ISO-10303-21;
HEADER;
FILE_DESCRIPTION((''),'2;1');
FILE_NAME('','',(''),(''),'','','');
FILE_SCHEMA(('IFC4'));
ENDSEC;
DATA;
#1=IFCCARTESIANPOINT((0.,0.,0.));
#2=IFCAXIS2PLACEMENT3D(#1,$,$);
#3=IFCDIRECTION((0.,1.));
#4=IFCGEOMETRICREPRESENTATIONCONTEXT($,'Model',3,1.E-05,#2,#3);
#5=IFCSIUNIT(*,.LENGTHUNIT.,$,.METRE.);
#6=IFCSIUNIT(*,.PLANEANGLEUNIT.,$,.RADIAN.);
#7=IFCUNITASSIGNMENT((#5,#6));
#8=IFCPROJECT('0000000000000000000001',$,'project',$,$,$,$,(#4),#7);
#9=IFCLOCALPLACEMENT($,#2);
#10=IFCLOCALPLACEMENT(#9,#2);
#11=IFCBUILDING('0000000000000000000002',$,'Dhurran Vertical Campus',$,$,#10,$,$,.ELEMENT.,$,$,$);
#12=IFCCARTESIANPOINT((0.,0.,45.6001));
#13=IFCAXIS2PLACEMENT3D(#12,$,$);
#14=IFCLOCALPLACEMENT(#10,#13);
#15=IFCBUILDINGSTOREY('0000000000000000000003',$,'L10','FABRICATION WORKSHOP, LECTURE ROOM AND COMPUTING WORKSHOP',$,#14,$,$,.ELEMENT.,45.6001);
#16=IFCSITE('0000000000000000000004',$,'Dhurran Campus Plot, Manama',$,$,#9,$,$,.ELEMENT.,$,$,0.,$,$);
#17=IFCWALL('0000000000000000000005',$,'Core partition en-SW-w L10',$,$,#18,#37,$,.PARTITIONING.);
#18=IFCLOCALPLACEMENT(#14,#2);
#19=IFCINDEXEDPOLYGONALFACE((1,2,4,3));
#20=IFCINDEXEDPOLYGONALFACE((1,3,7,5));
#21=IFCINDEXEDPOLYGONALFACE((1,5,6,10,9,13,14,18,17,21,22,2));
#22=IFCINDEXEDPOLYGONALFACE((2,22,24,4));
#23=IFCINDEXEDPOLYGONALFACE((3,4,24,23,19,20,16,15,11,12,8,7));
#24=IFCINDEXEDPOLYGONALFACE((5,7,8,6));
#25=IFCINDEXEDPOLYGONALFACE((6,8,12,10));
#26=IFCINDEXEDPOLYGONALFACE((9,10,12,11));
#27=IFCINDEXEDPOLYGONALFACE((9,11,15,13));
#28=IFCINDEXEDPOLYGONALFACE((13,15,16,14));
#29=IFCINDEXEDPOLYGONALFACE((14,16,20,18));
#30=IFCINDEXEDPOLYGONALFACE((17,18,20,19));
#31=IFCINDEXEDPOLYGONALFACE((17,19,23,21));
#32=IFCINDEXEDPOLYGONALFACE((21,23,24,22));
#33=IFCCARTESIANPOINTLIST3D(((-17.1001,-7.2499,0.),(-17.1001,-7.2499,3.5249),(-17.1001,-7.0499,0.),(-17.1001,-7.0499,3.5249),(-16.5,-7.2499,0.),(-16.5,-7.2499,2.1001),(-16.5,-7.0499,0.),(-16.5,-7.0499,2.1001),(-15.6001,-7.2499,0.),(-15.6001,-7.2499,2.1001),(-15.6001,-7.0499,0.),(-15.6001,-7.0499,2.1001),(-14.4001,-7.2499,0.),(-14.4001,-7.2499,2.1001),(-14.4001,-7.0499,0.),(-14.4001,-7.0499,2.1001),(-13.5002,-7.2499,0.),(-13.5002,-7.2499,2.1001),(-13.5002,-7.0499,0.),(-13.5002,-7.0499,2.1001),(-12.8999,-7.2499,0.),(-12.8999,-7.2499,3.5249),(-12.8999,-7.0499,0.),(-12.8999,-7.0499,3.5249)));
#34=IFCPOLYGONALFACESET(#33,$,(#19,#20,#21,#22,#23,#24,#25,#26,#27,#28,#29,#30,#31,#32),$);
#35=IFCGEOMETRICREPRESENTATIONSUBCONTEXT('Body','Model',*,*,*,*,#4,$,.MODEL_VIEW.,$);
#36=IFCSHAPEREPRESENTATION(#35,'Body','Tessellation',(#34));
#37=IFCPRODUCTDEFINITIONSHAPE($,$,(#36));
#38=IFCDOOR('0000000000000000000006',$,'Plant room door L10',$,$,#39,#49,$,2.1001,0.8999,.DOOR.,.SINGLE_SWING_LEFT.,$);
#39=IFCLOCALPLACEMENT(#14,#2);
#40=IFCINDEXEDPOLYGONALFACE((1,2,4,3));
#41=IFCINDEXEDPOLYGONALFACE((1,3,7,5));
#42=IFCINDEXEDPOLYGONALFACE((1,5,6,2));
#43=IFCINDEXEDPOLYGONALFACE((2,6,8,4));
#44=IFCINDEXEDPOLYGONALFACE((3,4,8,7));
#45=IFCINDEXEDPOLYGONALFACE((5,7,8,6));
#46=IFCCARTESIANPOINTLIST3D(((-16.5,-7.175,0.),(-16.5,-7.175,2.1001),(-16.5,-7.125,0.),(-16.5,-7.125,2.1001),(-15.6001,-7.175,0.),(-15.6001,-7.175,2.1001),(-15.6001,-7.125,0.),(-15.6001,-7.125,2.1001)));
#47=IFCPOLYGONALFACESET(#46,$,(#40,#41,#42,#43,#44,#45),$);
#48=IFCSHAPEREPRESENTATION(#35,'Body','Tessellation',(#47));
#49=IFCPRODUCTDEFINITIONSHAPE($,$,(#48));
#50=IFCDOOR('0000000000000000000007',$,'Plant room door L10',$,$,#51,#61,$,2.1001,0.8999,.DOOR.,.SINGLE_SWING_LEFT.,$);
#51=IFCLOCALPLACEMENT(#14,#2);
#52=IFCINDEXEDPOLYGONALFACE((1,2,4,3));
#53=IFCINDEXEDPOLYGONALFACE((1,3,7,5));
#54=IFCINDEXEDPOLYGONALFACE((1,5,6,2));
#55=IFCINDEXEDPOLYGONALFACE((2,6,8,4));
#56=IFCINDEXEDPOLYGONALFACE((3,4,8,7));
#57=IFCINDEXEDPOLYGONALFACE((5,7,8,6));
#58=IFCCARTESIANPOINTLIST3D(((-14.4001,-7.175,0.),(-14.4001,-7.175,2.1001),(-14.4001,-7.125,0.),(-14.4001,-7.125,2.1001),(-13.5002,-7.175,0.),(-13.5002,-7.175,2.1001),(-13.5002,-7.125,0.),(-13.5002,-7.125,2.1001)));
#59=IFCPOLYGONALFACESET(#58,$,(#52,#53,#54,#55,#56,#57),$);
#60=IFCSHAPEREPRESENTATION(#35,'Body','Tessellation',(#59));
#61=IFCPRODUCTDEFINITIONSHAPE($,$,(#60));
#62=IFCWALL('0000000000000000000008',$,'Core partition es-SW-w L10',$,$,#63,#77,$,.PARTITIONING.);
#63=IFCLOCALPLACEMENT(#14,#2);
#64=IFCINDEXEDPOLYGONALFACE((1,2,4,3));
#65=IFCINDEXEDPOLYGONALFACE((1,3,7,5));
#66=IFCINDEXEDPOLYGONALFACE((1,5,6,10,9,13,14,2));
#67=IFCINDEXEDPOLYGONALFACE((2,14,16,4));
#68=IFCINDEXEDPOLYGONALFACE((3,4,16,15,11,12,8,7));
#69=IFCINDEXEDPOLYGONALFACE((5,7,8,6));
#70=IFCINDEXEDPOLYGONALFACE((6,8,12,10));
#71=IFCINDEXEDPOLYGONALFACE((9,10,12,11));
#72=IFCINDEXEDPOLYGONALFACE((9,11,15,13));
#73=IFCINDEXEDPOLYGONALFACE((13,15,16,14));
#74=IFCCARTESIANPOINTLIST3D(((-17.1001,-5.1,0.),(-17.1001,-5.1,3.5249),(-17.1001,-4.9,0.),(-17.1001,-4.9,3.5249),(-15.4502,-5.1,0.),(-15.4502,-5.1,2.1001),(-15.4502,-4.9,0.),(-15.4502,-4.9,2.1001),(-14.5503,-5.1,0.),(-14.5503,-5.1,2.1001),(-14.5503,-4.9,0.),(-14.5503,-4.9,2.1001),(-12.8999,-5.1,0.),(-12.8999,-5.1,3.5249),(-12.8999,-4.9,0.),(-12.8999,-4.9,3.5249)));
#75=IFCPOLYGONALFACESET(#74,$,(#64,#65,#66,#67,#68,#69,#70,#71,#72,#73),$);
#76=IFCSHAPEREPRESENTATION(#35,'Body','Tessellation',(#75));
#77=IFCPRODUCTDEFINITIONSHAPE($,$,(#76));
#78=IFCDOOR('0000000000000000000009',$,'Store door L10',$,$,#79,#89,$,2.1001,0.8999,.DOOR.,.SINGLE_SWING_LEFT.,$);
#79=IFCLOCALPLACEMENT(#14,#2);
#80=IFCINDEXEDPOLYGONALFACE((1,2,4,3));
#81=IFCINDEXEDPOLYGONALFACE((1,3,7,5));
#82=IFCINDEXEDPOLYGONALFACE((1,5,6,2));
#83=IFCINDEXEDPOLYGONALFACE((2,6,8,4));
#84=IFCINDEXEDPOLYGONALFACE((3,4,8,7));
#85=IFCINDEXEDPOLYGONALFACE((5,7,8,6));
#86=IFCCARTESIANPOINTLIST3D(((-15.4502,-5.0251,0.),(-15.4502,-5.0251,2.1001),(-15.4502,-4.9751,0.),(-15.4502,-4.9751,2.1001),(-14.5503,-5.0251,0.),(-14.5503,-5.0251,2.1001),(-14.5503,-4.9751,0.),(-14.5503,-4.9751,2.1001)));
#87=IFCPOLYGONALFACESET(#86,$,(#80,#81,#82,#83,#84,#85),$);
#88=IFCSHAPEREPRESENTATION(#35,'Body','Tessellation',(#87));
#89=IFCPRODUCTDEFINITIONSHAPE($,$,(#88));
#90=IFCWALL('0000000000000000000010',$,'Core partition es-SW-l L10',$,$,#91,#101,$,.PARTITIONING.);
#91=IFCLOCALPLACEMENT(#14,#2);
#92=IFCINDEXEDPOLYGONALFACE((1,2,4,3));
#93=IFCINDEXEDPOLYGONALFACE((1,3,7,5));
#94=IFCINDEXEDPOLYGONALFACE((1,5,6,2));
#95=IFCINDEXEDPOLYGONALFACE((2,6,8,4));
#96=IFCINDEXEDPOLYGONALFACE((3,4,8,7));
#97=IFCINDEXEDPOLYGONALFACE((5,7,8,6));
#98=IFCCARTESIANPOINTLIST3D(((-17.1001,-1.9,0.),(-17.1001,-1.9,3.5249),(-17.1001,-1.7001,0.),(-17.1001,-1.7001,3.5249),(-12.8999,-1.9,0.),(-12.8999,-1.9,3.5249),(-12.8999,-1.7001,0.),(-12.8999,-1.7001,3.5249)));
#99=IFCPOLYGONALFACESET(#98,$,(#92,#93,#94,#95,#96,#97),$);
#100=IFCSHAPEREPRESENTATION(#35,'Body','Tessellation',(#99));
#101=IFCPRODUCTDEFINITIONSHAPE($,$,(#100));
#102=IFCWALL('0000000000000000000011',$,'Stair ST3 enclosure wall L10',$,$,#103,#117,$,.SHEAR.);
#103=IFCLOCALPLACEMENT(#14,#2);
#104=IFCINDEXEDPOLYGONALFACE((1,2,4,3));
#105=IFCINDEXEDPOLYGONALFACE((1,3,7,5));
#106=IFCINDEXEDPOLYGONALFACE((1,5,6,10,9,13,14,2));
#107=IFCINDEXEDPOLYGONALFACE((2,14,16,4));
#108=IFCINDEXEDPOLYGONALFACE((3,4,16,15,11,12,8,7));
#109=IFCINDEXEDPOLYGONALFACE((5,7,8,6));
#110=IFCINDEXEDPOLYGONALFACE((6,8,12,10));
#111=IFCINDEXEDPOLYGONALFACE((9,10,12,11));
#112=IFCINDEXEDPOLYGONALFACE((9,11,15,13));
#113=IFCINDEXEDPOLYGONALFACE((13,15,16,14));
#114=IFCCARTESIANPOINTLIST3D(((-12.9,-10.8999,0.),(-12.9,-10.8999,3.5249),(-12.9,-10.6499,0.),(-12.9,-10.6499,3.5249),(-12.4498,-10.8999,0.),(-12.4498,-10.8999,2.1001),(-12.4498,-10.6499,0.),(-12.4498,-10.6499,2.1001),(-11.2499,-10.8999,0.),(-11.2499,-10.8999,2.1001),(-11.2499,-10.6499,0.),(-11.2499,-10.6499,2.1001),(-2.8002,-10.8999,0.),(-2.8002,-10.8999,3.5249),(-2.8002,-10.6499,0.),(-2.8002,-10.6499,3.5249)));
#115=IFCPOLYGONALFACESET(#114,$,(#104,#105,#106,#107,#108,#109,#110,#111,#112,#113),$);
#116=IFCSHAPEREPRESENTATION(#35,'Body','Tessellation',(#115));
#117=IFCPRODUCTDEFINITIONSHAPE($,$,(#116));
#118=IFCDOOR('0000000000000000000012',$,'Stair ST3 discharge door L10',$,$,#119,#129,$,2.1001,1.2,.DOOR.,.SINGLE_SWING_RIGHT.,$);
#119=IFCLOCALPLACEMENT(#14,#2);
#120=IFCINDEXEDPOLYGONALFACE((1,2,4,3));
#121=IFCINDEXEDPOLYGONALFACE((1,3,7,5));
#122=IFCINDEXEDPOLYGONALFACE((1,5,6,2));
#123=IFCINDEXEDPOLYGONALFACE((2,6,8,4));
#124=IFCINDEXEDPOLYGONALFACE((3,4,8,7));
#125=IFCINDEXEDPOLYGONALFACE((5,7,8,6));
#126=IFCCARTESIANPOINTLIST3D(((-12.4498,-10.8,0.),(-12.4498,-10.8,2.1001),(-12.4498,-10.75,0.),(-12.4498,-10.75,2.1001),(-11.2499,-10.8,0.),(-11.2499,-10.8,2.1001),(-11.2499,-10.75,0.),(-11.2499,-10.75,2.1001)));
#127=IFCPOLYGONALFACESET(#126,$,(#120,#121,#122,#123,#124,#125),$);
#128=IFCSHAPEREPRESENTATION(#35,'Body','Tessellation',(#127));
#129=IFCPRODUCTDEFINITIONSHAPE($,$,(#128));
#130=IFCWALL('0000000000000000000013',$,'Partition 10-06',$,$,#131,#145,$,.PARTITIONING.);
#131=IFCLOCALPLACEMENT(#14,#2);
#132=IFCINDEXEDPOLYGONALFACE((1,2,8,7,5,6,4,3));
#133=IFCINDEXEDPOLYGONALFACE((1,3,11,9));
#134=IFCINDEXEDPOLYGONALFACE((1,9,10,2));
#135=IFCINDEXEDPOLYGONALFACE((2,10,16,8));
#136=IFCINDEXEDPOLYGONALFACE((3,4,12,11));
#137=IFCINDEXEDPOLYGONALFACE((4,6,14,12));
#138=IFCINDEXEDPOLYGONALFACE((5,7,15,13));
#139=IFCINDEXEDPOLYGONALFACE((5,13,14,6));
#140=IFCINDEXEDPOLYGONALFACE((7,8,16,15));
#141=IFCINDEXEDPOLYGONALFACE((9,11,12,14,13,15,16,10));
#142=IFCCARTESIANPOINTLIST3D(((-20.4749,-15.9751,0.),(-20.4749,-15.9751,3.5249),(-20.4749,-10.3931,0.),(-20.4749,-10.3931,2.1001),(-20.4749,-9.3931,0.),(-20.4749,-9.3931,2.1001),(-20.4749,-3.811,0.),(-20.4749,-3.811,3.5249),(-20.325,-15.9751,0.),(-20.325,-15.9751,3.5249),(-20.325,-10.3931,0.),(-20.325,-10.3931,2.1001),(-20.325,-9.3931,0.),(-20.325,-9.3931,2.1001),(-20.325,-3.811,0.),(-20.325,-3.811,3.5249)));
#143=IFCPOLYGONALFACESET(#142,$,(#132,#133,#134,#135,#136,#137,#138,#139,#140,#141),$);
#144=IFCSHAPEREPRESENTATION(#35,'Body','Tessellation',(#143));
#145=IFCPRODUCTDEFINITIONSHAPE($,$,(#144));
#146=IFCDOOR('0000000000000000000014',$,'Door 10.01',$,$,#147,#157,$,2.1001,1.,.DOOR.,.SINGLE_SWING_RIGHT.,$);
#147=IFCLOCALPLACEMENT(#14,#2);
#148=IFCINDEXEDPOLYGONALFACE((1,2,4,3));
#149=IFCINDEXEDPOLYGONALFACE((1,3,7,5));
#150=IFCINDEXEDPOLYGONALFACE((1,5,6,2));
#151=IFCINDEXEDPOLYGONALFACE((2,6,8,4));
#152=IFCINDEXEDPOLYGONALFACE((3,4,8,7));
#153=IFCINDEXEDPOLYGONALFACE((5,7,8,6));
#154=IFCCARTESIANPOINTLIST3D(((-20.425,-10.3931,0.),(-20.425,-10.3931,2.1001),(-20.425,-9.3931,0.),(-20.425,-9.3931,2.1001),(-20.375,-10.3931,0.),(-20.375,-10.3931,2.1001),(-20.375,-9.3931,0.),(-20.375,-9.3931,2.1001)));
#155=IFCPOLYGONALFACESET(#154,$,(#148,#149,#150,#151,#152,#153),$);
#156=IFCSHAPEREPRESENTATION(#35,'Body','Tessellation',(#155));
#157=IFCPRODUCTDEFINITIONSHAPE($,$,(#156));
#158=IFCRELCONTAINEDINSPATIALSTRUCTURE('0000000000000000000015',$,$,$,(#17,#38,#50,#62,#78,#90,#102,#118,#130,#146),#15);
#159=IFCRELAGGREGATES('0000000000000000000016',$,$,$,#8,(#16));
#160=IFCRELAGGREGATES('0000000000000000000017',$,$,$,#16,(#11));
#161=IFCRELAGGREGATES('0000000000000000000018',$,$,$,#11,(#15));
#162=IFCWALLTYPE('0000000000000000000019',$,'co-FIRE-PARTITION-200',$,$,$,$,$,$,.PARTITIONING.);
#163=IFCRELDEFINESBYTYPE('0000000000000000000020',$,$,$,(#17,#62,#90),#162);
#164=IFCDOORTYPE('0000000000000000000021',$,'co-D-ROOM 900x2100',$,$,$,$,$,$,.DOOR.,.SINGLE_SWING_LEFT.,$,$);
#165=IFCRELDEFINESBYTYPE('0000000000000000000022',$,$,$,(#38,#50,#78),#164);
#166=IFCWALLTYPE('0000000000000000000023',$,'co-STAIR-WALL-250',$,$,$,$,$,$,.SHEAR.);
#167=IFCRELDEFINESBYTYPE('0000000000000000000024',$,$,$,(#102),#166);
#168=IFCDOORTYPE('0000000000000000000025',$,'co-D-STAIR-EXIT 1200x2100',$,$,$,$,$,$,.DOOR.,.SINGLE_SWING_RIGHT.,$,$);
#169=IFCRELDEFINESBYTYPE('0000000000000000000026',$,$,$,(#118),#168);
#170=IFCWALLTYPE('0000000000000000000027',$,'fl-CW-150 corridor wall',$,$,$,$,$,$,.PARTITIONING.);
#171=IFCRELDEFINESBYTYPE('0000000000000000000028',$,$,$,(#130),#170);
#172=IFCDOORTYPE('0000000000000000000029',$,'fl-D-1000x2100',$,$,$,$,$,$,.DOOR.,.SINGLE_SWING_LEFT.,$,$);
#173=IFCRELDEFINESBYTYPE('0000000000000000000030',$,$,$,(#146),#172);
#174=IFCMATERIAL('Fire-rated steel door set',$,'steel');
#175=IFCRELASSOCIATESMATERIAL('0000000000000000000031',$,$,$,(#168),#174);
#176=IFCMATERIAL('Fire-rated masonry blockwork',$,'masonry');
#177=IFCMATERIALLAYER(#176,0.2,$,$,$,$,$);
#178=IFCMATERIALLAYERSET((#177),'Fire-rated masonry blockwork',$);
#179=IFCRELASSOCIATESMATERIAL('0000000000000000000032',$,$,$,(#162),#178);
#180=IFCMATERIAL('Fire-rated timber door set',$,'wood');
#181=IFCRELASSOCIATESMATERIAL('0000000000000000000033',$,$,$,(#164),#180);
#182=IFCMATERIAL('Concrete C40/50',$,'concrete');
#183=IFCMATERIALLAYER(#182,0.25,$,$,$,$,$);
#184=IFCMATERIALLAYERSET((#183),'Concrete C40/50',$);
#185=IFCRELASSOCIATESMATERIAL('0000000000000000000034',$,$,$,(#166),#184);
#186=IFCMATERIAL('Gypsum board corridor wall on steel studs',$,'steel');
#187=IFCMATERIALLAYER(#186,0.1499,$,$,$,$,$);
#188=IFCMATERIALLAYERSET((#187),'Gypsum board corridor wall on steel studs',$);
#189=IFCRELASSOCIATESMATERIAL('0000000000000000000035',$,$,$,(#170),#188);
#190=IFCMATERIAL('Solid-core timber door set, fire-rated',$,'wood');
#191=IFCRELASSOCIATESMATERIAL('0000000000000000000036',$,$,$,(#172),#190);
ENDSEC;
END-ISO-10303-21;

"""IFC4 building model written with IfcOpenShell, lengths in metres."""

from ifc_helpers import new_model, si_unit, direction, frame, frame_2d, origin, place, context, subcontext, project, spatial, rectangle, extrude, material, layer, layer_set, type_object, element, fill, save


model = new_model("IFC4")

# Units and contexts
model_context = context("Model", 3, precision=1e-05, world=origin(), true_north=direction((0.0, 1.0)))
body_context = subcontext(model_context, "Body", "Model", "MODEL_VIEW")
ifc_project = project(units=[si_unit("LENGTHUNIT", "METRE"), si_unit("PLANEANGLEUNIT", "RADIAN")], contexts=[model_context])

# Site, building, storey
site_placement = place(None, origin())
site = spatial("IfcSite", under=ifc_project, at=site_placement, Name="Dhurran Campus Plot, Manama", CompositionType="ELEMENT", RefElevation=0.0)
building_placement = place(site_placement, origin())
building = spatial("IfcBuilding", under=site, at=building_placement, Name="Dhurran Vertical Campus", CompositionType="ELEMENT")
storey_placement = place(building_placement, frame((0.0, 0.0, 45.6001)))
storey = spatial("IfcBuildingStorey", under=building, at=storey_placement, Name="L10", Description="FABRICATION WORKSHOP, LECTURE ROOM AND COMPUTING WORKSHOP", CompositionType="ELEMENT", Elevation=45.6001)

# Shared definitions
ifc_material_1 = material(Name="Fire-rated steel door set", Category="steel")
door_type_1 = type_object("IfcDoorType", Name="co-D-STAIR-EXIT 1200x2100", OperationType="SINGLE_SWING_RIGHT", PredefinedType="DOOR", material=ifc_material_1)

# Shared definitions
ifc_material_2 = material(Name="Fire-rated masonry blockwork", Category="masonry")
ifc_layer_1 = layer(ifc_material_2, 0.2)
ifc_layer_set_1 = layer_set([ifc_layer_1], Name="Fire-rated masonry blockwork")
wall_type_1 = type_object("IfcWallType", Name="co-FIRE-PARTITION-200", PredefinedType="PARTITIONING", material=ifc_layer_set_1)

# Wall, openings, doors
wall_1_placement = place(storey_placement, frame((-17.1001, -7.1499, 0.0), z_axis=(0.0, 0.0, 1.0), x_axis=(1.0, 0.0, 0.0)))
wall_1 = element("IfcWall", 1, at=wall_1_placement, inside=storey, type_object=wall_type_1, Name="Core partition en-SW-w L10", PredefinedType="PARTITIONING", context=body_context, shape_type="SweptSolid", body=[
    extrude(rectangle(XDim=4.2002, YDim=0.2, at=frame_2d((2.1001, 0.0))), origin(), (0.0, 0.0, 1.0), 3.5249),
])
opening_1_placement = place(wall_1_placement, frame((0.6001, 0.0, 0.0)))
opening_1 = element("IfcOpeningElement", 2, at=opening_1_placement, cuts=wall_1, PredefinedType="OPENING", context=body_context, shape_type="SweptSolid", body=[
    extrude(rectangle(XDim=0.8999, YDim=2.1001, at=frame_2d((0.45, 1.05))), frame((0.0, 0.1099, 0.0), z_axis=(0.0, -1.0, 0.0), x_axis=(1.0, 0.0, 0.0)), (0.0, 0.0, 1.0), 0.22),
])
opening_2_placement = place(wall_1_placement, frame((2.7, 0.0, 0.0)))
opening_2 = element("IfcOpeningElement", 3, at=opening_2_placement, cuts=wall_1, PredefinedType="OPENING", context=body_context, shape_type="SweptSolid", body=[
    extrude(rectangle(XDim=0.8999, YDim=2.1001, at=frame_2d((0.45, 1.05))), frame((0.0, 0.1099, 0.0), z_axis=(0.0, -1.0, 0.0), x_axis=(1.0, 0.0, 0.0)), (0.0, 0.0, 1.0), 0.22),
])
ifc_material_3 = material(Name="Fire-rated timber door set", Category="wood")
door_type_2 = type_object("IfcDoorType", Name="co-D-ROOM 900x2100", OperationType="SINGLE_SWING_LEFT", PredefinedType="DOOR", material=ifc_material_3)
door_1_placement = place(opening_1_placement, origin())
door_1 = element("IfcDoor", 4, at=door_1_placement, inside=storey, type_object=door_type_2, Name="Plant room door L10", OperationType="SINGLE_SWING_LEFT", OverallHeight=2.1001, OverallWidth=0.8999, PredefinedType="DOOR", context=body_context, shape_type="SweptSolid", body=[
    extrude(rectangle(XDim=0.8999, YDim=2.1001, at=frame_2d((0.45, 1.05))), frame((0.0, 0.0249, 0.0), z_axis=(0.0, -1.0, 0.0), x_axis=(1.0, 0.0, 0.0)), (0.0, 0.0, 1.0), 0.05),
])
fill(opening_1, door_1)
door_2_placement = place(opening_2_placement, origin())
door_2 = element("IfcDoor", 5, at=door_2_placement, inside=storey, type_object=door_type_2, Name="Plant room door L10", OperationType="SINGLE_SWING_LEFT", OverallHeight=2.1001, OverallWidth=0.8999, PredefinedType="DOOR", context=body_context, shape_type="SweptSolid", body=[
    extrude(rectangle(XDim=0.8999, YDim=2.1001, at=frame_2d((0.45, 1.05))), frame((0.0, 0.0249, 0.0), z_axis=(0.0, -1.0, 0.0), x_axis=(1.0, 0.0, 0.0)), (0.0, 0.0, 1.0), 0.05),
])
fill(opening_2, door_2)

# Wall, opening, door
wall_2_placement = place(storey_placement, frame((-17.1001, -5.0, 0.0), z_axis=(0.0, 0.0, 1.0), x_axis=(1.0, 0.0, 0.0)))
wall_2 = element("IfcWall", 6, at=wall_2_placement, inside=storey, type_object=wall_type_1, Name="Core partition es-SW-w L10", PredefinedType="PARTITIONING", context=body_context, shape_type="SweptSolid", body=[
    extrude(rectangle(XDim=4.2002, YDim=0.2, at=frame_2d((2.1001, 0.0))), origin(), (0.0, 0.0, 1.0), 3.5249),
])
opening_3_placement = place(wall_2_placement, frame((1.6499, 0.0, 0.0)))
opening_3 = element("IfcOpeningElement", 7, at=opening_3_placement, cuts=wall_2, PredefinedType="OPENING", context=body_context, shape_type="SweptSolid", body=[
    extrude(rectangle(XDim=0.8999, YDim=2.1001, at=frame_2d((0.45, 1.05))), frame((0.0, 0.1099, 0.0), z_axis=(0.0, -1.0, 0.0), x_axis=(1.0, 0.0, 0.0)), (0.0, 0.0, 1.0), 0.22),
])
door_3_placement = place(opening_3_placement, origin())
door_3 = element("IfcDoor", 8, at=door_3_placement, inside=storey, type_object=door_type_2, Name="Store door L10", OperationType="SINGLE_SWING_LEFT", OverallHeight=2.1001, OverallWidth=0.8999, PredefinedType="DOOR", context=body_context, shape_type="SweptSolid", body=[
    extrude(rectangle(XDim=0.8999, YDim=2.1001, at=frame_2d((0.45, 1.05))), frame((0.0, 0.0249, 0.0), z_axis=(0.0, -1.0, 0.0), x_axis=(1.0, 0.0, 0.0)), (0.0, 0.0, 1.0), 0.05),
])
fill(opening_3, door_3)

# Wall
wall_3_placement = place(storey_placement, frame((-17.1001, -1.8, 0.0), z_axis=(0.0, 0.0, 1.0), x_axis=(1.0, 0.0, 0.0)))
element("IfcWall", 9, at=wall_3_placement, inside=storey, type_object=wall_type_1, Name="Core partition es-SW-l L10", PredefinedType="PARTITIONING", context=body_context, shape_type="SweptSolid", body=[
    extrude(rectangle(XDim=4.2002, YDim=0.2, at=frame_2d((2.1001, 0.0))), origin(), (0.0, 0.0, 1.0), 3.5249),
])

# Walls, openings, doors
ifc_material_4 = material(Name="Concrete C40/50", Category="concrete")
ifc_layer_2 = layer(ifc_material_4, 0.25)
ifc_layer_set_2 = layer_set([ifc_layer_2], Name="Concrete C40/50")
wall_type_2 = type_object("IfcWallType", Name="co-STAIR-WALL-250", PredefinedType="SHEAR", material=ifc_layer_set_2)
wall_4_placement = place(storey_placement, frame((-12.8999, -10.7749, 0.0), z_axis=(0.0, 0.0, 1.0), x_axis=(1.0, 0.0, 0.0)))
wall_4 = element("IfcWall", 10, at=wall_4_placement, inside=storey, type_object=wall_type_2, Name="Stair ST3 enclosure wall L10", PredefinedType="SHEAR", context=body_context, shape_type="SweptSolid", body=[
    extrude(rectangle(XDim=10.0999, YDim=0.25, at=frame_2d((5.0498, 0.0))), origin(), (0.0, 0.0, 1.0), 3.5249),
])
opening_4_placement = place(wall_4_placement, frame((0.45, 0.0, 0.0)))
opening_4 = element("IfcOpeningElement", 11, at=opening_4_placement, cuts=wall_4, PredefinedType="OPENING", context=body_context, shape_type="SweptSolid", body=[
    extrude(rectangle(XDim=1.2, YDim=2.1001, at=frame_2d((0.6001, 1.05))), frame((0.0, 0.135, 0.0), z_axis=(0.0, -1.0, 0.0), x_axis=(1.0, 0.0, 0.0)), (0.0, 0.0, 1.0), 0.27),
])
door_4_placement = place(opening_4_placement, origin())
door_4 = element("IfcDoor", 12, at=door_4_placement, inside=storey, type_object=door_type_1, Name="Stair ST3 discharge door L10", OperationType="SINGLE_SWING_RIGHT", OverallHeight=2.1001, OverallWidth=1.2, PredefinedType="DOOR", context=body_context, shape_type="SweptSolid", body=[
    extrude(rectangle(XDim=1.2, YDim=2.1001, at=frame_2d((0.6001, 1.05))), frame((0.0, 0.0249, 0.0), z_axis=(0.0, -1.0, 0.0), x_axis=(1.0, 0.0, 0.0)), (0.0, 0.0, 1.0), 0.05),
])
fill(opening_4, door_4)
ifc_material_5 = material(Name="Gypsum board corridor wall on steel studs", Category="steel")
ifc_layer_3 = layer(ifc_material_5, 0.1499)
ifc_layer_set_3 = layer_set([ifc_layer_3], Name="Gypsum board corridor wall on steel studs")
wall_type_3 = type_object("IfcWallType", Name="fl-CW-150 corridor wall", PredefinedType="PARTITIONING", material=ifc_layer_set_3)
wall_5_placement = place(storey_placement, frame((-20.3999, -3.811, 0.0), z_axis=(0.0, 0.0, 1.0), x_axis=(0.0, -1.0, 0.0)))
wall_5 = element("IfcWall", 13, at=wall_5_placement, inside=storey, type_object=wall_type_3, Name="Partition 10-06", PredefinedType="PARTITIONING", context=body_context, shape_type="SweptSolid", body=[
    extrude(rectangle(XDim=12.1641, YDim=0.1499, at=frame_2d((6.082, 0.0))), origin(), (0.0, 0.0, 1.0), 3.5249),
])
opening_5_placement = place(wall_5_placement, frame((5.582, 0.0, 0.0)))
opening_5 = element("IfcOpeningElement", 14, at=opening_5_placement, cuts=wall_5, PredefinedType="OPENING", context=body_context, shape_type="SweptSolid", body=[
    extrude(rectangle(XDim=1.0, YDim=2.1001, at=frame_2d((0.5, 1.05))), frame((0.0, 0.085, 0.0), z_axis=(0.0, -1.0, 0.0), x_axis=(1.0, 0.0, 0.0)), (0.0, 0.0, 1.0), 0.1699),
])
ifc_material_6 = material(Name="Solid-core timber door set, fire-rated", Category="wood")
door_type_3 = type_object("IfcDoorType", Name="fl-D-1000x2100", OperationType="SINGLE_SWING_LEFT", PredefinedType="DOOR", material=ifc_material_6)
door_5_placement = place(opening_5_placement, origin())
door_5 = element("IfcDoor", 15, at=door_5_placement, inside=storey, type_object=door_type_3, Name="Door 10.01", OperationType="SINGLE_SWING_RIGHT", OverallHeight=2.1001, OverallWidth=1.0, PredefinedType="DOOR", context=body_context, shape_type="SweptSolid", body=[
    extrude(rectangle(XDim=1.0, YDim=2.1001, at=frame_2d((0.5, 1.05))), frame((0.0, 0.0249, 0.0), z_axis=(0.0, -1.0, 0.0), x_axis=(1.0, 0.0, 0.0)), (0.0, 0.0, 1.0), 0.05),
])
fill(opening_5, door_5)

save(model, "model.ifc")
